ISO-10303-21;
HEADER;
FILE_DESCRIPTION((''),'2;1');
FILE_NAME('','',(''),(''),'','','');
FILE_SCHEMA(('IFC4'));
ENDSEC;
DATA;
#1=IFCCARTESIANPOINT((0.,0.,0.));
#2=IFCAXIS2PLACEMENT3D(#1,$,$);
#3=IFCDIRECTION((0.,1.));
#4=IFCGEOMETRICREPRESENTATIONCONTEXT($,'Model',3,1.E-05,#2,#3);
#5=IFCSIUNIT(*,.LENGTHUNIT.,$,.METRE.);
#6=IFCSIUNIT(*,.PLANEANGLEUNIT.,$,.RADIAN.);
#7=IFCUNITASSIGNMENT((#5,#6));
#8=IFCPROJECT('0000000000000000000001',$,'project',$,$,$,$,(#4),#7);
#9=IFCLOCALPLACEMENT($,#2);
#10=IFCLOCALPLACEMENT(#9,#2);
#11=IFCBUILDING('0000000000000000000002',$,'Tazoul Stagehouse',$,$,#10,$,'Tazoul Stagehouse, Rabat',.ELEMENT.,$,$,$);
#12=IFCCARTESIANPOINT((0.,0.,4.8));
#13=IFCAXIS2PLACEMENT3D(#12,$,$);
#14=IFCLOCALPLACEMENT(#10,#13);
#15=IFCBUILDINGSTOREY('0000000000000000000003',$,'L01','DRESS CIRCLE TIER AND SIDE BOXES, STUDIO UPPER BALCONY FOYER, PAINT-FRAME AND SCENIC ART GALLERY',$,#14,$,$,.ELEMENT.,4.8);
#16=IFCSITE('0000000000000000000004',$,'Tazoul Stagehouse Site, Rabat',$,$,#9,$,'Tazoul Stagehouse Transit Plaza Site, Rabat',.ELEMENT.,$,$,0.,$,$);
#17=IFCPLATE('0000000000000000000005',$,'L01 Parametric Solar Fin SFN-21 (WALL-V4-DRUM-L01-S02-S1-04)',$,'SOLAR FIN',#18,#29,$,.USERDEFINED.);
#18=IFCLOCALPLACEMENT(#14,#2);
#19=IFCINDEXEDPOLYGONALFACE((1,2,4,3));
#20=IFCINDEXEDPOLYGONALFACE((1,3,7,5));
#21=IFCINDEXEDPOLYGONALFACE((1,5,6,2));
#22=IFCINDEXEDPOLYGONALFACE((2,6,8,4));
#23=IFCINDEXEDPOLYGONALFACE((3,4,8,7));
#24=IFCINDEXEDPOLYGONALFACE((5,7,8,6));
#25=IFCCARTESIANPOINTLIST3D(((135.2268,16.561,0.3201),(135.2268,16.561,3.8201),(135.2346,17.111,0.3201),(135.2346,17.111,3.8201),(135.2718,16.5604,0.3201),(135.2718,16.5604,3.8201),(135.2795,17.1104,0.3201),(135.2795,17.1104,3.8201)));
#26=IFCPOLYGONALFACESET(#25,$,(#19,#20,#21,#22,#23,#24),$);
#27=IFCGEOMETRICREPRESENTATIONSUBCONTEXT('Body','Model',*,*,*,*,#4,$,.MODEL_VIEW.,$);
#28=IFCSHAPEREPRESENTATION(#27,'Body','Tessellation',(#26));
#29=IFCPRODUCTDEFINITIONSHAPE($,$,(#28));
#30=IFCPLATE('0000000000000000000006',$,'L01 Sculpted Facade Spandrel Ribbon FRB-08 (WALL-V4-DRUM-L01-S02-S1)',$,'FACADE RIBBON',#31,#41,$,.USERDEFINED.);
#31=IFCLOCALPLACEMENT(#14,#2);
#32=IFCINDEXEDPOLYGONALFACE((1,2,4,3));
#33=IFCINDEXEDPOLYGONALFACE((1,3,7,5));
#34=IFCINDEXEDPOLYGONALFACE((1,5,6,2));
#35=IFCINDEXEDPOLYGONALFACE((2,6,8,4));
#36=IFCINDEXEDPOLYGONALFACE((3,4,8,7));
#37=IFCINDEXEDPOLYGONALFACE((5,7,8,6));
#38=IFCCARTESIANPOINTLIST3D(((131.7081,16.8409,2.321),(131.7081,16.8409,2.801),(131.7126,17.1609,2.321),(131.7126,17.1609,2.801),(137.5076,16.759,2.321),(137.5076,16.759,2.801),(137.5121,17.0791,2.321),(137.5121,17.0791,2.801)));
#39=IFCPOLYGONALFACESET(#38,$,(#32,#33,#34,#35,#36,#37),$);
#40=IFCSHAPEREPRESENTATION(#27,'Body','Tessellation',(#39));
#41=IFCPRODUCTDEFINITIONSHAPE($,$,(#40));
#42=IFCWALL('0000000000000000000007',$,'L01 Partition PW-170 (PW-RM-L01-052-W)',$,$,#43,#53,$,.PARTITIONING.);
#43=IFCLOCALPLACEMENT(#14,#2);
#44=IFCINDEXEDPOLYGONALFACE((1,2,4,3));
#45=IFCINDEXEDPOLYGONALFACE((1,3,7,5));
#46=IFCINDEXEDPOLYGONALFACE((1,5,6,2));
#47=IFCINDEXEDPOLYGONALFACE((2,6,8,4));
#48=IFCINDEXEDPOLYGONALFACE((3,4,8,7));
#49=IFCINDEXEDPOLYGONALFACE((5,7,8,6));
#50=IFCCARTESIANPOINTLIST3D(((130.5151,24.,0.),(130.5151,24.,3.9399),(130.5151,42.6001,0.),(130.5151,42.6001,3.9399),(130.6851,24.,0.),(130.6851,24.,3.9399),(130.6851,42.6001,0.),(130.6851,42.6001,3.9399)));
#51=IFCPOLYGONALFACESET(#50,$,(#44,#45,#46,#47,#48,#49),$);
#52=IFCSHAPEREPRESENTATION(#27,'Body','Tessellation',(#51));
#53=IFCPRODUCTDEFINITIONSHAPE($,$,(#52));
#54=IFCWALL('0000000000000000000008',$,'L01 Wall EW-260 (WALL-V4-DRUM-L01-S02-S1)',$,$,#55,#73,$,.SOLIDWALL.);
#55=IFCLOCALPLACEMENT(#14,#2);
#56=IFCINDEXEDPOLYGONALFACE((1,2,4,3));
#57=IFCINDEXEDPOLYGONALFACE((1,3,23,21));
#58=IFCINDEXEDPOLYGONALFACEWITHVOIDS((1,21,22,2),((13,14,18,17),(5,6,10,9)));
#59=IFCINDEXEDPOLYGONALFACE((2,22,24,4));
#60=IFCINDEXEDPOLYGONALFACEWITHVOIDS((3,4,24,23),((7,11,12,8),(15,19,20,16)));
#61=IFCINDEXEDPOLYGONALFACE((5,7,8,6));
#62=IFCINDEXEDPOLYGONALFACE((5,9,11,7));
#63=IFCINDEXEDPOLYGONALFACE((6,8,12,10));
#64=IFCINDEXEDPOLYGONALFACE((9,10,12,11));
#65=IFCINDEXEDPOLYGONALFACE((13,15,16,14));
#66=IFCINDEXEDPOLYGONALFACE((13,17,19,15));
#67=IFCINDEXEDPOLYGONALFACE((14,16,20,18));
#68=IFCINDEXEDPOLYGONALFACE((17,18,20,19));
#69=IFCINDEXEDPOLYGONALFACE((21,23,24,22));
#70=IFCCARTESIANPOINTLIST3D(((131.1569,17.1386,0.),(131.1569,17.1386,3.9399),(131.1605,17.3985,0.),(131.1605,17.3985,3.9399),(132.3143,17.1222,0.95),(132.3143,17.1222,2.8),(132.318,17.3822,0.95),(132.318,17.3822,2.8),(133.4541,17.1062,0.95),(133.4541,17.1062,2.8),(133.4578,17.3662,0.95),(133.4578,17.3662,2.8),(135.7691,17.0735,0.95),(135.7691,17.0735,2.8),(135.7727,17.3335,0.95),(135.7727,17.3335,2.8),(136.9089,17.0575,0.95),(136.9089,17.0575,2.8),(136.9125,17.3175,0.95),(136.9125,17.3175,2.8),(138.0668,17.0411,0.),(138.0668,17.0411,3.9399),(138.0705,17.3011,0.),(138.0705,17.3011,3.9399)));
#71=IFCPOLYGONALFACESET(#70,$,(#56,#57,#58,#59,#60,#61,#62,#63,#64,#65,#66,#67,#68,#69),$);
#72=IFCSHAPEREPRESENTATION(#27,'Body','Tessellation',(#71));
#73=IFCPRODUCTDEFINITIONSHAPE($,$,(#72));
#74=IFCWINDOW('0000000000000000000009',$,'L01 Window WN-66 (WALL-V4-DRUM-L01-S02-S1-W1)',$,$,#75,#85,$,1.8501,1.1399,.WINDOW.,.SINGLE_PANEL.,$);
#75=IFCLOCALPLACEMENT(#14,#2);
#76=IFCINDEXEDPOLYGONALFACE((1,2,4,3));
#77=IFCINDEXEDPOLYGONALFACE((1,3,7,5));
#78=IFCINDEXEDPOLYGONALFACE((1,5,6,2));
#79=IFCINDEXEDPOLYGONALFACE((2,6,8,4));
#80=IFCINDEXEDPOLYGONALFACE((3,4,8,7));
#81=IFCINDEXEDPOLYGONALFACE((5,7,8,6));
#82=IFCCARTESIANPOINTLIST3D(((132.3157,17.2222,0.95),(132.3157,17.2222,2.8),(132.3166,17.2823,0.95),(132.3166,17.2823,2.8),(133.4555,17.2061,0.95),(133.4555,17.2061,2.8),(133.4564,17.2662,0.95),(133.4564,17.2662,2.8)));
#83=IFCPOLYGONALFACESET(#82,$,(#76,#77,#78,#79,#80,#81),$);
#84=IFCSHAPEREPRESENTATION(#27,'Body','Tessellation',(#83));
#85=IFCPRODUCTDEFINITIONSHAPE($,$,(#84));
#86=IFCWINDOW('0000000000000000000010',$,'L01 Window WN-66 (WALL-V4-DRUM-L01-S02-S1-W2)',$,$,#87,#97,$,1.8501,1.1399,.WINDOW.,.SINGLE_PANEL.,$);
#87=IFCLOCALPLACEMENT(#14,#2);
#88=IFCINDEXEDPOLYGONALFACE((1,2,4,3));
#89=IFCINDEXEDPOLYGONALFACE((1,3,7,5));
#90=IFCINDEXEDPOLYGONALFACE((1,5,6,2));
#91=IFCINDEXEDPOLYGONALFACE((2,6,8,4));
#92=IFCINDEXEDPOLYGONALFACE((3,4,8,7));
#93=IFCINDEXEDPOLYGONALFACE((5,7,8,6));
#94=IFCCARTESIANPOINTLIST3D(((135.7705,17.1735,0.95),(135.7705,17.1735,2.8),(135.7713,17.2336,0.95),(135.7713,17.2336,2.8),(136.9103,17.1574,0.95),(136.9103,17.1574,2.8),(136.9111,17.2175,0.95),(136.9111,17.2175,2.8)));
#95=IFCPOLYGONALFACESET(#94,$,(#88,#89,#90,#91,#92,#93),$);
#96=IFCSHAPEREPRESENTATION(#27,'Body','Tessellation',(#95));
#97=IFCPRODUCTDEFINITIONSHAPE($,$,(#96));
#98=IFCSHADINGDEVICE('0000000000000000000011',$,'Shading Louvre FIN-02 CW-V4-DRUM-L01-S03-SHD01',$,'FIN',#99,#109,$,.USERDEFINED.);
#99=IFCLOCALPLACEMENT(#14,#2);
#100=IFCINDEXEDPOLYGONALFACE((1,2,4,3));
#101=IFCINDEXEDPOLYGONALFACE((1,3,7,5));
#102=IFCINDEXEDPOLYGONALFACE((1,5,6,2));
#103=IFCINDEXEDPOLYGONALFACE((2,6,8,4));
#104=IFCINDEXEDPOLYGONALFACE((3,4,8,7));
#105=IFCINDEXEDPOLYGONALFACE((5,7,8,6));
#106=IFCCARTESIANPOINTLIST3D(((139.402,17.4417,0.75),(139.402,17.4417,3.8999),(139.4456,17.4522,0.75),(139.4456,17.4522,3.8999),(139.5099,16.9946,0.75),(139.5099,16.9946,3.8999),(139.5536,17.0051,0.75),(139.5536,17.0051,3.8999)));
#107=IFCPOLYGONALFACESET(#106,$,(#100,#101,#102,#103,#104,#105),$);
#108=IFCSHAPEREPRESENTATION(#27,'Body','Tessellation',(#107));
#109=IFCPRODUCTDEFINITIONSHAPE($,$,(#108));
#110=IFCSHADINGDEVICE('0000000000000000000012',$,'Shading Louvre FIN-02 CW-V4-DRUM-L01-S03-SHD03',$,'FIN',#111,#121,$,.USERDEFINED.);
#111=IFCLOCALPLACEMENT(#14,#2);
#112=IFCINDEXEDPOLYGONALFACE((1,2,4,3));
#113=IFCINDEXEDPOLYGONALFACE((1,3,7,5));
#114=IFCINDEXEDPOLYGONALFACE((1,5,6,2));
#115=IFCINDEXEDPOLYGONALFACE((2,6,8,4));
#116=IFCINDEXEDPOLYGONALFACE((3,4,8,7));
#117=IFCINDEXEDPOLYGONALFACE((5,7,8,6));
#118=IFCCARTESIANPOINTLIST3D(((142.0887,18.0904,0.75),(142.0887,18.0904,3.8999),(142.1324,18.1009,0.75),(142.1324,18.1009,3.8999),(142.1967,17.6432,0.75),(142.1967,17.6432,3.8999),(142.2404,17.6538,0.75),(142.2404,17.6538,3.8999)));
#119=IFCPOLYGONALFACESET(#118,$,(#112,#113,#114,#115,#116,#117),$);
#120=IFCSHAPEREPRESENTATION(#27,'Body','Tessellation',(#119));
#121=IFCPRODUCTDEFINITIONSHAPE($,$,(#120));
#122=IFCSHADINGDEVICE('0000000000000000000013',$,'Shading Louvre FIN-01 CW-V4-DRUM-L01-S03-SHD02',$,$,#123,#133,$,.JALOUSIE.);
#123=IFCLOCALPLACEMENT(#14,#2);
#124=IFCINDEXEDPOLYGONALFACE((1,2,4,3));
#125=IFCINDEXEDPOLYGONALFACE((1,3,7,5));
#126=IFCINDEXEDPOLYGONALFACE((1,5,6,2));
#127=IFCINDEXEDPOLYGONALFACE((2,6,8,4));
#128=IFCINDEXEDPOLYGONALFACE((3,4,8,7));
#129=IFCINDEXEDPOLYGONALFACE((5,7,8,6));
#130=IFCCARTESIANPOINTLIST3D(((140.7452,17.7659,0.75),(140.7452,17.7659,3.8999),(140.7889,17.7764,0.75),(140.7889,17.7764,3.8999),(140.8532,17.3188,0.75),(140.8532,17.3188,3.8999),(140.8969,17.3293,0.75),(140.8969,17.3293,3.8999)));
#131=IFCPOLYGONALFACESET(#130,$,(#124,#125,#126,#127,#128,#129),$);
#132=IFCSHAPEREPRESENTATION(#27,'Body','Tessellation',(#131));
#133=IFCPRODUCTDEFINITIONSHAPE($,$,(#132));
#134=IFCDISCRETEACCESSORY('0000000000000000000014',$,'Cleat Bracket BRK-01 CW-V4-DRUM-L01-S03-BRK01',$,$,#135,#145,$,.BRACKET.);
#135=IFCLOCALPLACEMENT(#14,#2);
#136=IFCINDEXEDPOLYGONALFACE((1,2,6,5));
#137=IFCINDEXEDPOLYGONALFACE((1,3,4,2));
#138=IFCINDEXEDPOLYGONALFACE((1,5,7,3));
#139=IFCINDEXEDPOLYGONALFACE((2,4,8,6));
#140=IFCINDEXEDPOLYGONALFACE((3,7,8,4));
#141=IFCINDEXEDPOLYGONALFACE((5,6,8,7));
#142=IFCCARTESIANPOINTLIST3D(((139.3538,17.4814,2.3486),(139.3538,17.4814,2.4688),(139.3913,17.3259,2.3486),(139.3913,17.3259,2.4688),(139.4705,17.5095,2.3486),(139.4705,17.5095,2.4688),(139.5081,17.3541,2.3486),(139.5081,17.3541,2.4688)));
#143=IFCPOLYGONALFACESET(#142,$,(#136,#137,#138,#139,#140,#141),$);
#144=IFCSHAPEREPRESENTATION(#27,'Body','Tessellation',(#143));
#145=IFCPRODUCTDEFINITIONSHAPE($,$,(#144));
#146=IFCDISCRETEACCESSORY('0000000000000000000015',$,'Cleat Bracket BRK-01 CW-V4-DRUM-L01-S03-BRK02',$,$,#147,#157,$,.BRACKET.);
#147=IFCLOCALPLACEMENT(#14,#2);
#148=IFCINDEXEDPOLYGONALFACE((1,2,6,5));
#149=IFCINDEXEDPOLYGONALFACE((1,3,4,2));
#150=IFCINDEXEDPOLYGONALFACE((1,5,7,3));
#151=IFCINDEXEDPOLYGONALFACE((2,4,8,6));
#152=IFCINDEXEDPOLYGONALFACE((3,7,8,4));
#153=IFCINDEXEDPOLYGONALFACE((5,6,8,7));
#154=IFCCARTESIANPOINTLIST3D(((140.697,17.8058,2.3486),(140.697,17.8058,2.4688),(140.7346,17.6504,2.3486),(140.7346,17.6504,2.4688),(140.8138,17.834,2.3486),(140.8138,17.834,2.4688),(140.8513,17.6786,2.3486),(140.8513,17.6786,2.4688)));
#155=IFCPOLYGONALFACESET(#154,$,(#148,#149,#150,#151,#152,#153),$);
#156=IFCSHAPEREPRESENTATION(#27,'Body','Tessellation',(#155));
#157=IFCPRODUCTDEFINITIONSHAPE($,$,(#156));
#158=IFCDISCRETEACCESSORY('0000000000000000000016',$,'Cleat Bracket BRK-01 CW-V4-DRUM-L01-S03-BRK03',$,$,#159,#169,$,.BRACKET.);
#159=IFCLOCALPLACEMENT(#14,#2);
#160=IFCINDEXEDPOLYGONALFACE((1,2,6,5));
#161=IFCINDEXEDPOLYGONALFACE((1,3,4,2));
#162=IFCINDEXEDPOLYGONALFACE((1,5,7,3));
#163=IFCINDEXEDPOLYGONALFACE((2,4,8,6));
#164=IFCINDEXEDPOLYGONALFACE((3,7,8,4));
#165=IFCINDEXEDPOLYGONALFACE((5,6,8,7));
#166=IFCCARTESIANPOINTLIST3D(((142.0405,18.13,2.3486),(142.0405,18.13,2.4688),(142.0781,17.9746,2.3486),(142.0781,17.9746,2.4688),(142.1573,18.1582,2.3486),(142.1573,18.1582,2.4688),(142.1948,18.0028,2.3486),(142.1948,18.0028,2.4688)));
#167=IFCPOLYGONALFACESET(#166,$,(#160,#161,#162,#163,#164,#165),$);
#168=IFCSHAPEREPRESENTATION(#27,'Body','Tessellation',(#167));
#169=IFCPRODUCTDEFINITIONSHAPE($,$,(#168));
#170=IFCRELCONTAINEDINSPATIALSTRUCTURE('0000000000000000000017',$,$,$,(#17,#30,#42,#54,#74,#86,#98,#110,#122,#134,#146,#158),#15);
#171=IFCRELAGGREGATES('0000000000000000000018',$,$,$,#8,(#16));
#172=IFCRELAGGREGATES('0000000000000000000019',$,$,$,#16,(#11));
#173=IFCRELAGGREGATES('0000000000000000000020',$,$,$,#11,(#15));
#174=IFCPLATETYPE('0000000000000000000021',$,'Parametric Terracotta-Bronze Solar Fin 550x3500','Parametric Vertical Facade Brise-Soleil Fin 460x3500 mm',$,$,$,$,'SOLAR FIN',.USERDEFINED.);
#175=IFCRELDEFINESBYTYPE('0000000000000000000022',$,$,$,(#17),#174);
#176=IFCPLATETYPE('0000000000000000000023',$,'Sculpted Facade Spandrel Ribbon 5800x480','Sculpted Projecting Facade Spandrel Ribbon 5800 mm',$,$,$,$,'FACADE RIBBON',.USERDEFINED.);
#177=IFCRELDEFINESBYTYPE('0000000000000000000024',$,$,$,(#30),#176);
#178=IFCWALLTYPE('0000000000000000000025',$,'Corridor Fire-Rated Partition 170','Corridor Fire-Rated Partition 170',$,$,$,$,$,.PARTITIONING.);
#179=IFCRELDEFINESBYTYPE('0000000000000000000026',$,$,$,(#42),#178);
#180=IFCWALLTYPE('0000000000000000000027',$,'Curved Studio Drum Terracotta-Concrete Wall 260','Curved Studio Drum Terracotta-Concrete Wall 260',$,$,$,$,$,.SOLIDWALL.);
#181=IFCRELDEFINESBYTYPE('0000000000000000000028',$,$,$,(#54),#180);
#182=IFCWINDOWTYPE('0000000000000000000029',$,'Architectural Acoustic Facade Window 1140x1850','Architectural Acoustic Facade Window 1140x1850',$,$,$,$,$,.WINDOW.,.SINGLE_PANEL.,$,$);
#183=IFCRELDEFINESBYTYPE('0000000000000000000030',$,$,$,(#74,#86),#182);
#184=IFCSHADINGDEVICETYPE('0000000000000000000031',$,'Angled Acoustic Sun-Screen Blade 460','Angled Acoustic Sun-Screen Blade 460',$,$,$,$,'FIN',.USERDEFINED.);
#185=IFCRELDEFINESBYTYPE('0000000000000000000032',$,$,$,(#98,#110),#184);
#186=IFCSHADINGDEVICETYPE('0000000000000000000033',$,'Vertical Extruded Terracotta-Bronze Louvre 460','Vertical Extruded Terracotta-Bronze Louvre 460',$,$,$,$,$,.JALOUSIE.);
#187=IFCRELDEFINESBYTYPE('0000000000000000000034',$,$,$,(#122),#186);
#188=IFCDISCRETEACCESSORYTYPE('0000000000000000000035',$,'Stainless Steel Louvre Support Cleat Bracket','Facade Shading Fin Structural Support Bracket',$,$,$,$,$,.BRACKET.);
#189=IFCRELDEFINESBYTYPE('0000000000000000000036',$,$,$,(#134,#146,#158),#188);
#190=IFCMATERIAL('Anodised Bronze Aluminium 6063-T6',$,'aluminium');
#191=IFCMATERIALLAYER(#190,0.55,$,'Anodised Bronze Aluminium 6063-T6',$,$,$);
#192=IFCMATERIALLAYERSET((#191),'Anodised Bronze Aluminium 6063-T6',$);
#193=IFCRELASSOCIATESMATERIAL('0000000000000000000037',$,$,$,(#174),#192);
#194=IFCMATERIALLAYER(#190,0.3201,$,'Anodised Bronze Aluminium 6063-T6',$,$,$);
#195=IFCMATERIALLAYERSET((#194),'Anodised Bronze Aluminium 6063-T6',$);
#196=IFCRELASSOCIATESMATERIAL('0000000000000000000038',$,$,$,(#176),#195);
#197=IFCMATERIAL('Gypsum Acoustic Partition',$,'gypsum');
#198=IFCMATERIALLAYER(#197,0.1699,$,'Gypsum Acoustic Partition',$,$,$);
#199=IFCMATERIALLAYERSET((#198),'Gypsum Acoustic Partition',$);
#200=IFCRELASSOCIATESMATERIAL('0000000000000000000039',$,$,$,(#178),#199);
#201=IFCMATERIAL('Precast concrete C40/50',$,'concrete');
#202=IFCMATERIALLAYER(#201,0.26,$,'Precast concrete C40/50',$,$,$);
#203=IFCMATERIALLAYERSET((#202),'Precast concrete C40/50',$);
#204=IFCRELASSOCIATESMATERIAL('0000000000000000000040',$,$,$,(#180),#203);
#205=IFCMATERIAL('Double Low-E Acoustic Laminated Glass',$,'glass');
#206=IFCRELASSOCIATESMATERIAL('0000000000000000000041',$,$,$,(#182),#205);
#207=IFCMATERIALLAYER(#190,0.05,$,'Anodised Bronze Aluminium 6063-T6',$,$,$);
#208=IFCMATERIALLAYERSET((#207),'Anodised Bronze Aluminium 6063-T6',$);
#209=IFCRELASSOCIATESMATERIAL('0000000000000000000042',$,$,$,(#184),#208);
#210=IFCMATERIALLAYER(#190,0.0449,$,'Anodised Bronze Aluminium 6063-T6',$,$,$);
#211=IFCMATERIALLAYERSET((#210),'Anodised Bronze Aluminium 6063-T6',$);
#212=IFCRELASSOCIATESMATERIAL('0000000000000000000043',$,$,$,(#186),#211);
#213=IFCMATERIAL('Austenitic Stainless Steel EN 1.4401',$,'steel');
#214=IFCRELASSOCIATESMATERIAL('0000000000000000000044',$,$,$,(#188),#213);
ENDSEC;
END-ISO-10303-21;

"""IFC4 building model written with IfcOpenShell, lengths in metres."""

from ifc_helpers import new_model, si_unit, direction, frame, frame_2d, origin, origin_2d, place, context, subcontext, project, spatial, rectangle, extrude, material, layer, layer_set, type_object, element, fill, save


model = new_model("IFC4")

# Units and contexts
model_context = context("Model", 3, precision=1e-05, world=origin(), true_north=direction((0.0, 1.0)))
body_context = subcontext(model_context, "Body", "Model", "MODEL_VIEW")
ifc_project = project(units=[si_unit("LENGTHUNIT", "METRE"), si_unit("PLANEANGLEUNIT", "RADIAN")], contexts=[model_context])

# Site, building, storey
site_placement = place(None, origin())
site = spatial("IfcSite", under=ifc_project, at=site_placement, Name="Tazoul Stagehouse Site, Rabat", LongName="Tazoul Stagehouse Transit Plaza Site, Rabat", CompositionType="ELEMENT", RefElevation=0.0)
building_placement = place(site_placement, origin())
building = spatial("IfcBuilding", under=site, at=building_placement, Name="Tazoul Stagehouse", LongName="Tazoul Stagehouse, Rabat", CompositionType="ELEMENT")
storey_placement = place(building_placement, frame((0.0, 0.0, 4.8)))
storey = spatial("IfcBuildingStorey", under=building, at=storey_placement, Name="L01", Description="DRESS CIRCLE TIER AND SIDE BOXES, STUDIO UPPER BALCONY FOYER, PAINT-FRAME AND SCENIC ART GALLERY", CompositionType="ELEMENT", Elevation=4.8)

# Plates
ifc_material_1 = material(Name="Anodised Bronze Aluminium 6063-T6", Category="aluminium")
ifc_layer_1 = layer(ifc_material_1, 0.55, Name="Anodised Bronze Aluminium 6063-T6")
ifc_layer_set_1 = layer_set([ifc_layer_1], Name="Anodised Bronze Aluminium 6063-T6")
plate_type_1 = type_object("IfcPlateType", Name="Parametric Terracotta-Bronze Solar Fin 550x3500", Description="Parametric Vertical Facade Brise-Soleil Fin 460x3500 mm", ElementType="SOLAR FIN", PredefinedType="USERDEFINED", material=ifc_layer_set_1)
for number, where, z_axis, x_axis, name in (
    (1, (135.2532, 16.8357, 0.3201), (0.0, 0.0, 1.0), (0.9999, -0.014109, 0.0), "L01 Parametric Solar Fin SFN-21 (WALL-V4-DRUM-L01-S02-S1-04)"),
):
    element("IfcPlate", number, at=place(storey_placement, frame(where, z_axis=z_axis, x_axis=x_axis)), inside=storey, type_object=plate_type_1, Name=name, ObjectType="SOLAR FIN", PredefinedType="USERDEFINED", context=body_context, shape_type="SweptSolid", body=[
        extrude(rectangle(XDim=0.0449, YDim=0.55, at=origin_2d()), origin(), (0.0, 0.0, 1.0), 3.5),
    ])
ifc_layer_2 = layer(ifc_material_1, 0.3201, Name="Anodised Bronze Aluminium 6063-T6")
ifc_layer_set_2 = layer_set([ifc_layer_2], Name="Anodised Bronze Aluminium 6063-T6")
plate_type_2 = type_object("IfcPlateType", Name="Sculpted Facade Spandrel Ribbon 5800x480", Description="Sculpted Projecting Facade Spandrel Ribbon 5800 mm", ElementType="FACADE RIBBON", PredefinedType="USERDEFINED", material=ifc_layer_set_2)
plate_placement = place(storey_placement, frame((134.6101, 16.96, 2.321), z_axis=(0.0, 0.0, 1.0), x_axis=(0.9999, -0.014109, 0.0)))
element("IfcPlate", 2, at=plate_placement, inside=storey, type_object=plate_type_2, Name="L01 Sculpted Facade Spandrel Ribbon FRB-08 (WALL-V4-DRUM-L01-S02-S1)", ObjectType="FACADE RIBBON", PredefinedType="USERDEFINED", context=body_context, shape_type="SweptSolid", body=[
    extrude(rectangle(XDim=5.8, YDim=0.3201, at=origin_2d()), origin(), (0.0, 0.0, 1.0), 0.48),
])

# Wall
ifc_material_2 = material(Name="Gypsum Acoustic Partition", Category="gypsum")
ifc_layer_3 = layer(ifc_material_2, 0.1699, Name="Gypsum Acoustic Partition")
ifc_layer_set_3 = layer_set([ifc_layer_3], Name="Gypsum Acoustic Partition")
wall_type_1 = type_object("IfcWallType", Name="Corridor Fire-Rated Partition 170", Description="Corridor Fire-Rated Partition 170", PredefinedType="PARTITIONING", material=ifc_layer_set_3)
wall_1_placement = place(storey_placement, frame((130.6001, 24.0, 0.0), z_axis=(0.0, 0.0, 1.0), x_axis=(0.0, 1.0, 0.0)))
element("IfcWall", 3, at=wall_1_placement, inside=storey, type_object=wall_type_1, Name="L01 Partition PW-170 (PW-RM-L01-052-W)", PredefinedType="PARTITIONING", context=body_context, shape_type="SweptSolid", body=[
    extrude(rectangle(XDim=18.6001, YDim=0.1699, at=frame_2d((9.3, 0.0))), origin(), (0.0, 0.0, 1.0), 3.9399),
])

# Wall, openings, windows
ifc_material_3 = material(Name="Precast concrete C40/50", Category="concrete")
ifc_layer_4 = layer(ifc_material_3, 0.26, Name="Precast concrete C40/50")
ifc_layer_set_4 = layer_set([ifc_layer_4], Name="Precast concrete C40/50")
wall_type_2 = type_object("IfcWallType", Name="Curved Studio Drum Terracotta-Concrete Wall 260", Description="Curved Studio Drum Terracotta-Concrete Wall 260", PredefinedType="SOLIDWALL", material=ifc_layer_set_4)
wall_2_placement = place(storey_placement, frame((131.1587, 17.2686, 0.0), z_axis=(0.0, 0.0, 1.0), x_axis=(0.999901, -0.014096, 0.0)))
wall_2 = element("IfcWall", 4, at=wall_2_placement, inside=storey, type_object=wall_type_2, Name="L01 Wall EW-260 (WALL-V4-DRUM-L01-S02-S1)", PredefinedType="SOLIDWALL", context=body_context, shape_type="SweptSolid", body=[
    extrude(rectangle(XDim=6.9106, YDim=0.26, at=frame_2d((3.4553, 0.0))), origin(), (0.0, 0.0, 1.0), 3.9399),
])
opening_1_placement = place(wall_2_placement, frame((1.1577, 0.0, 0.95)))
opening_1 = element("IfcOpeningElement", 5, at=opening_1_placement, cuts=wall_2, PredefinedType="OPENING", context=body_context, shape_type="SweptSolid", body=[
    extrude(rectangle(XDim=1.1399, YDim=1.8501, at=frame_2d((0.5698, 0.925))), frame((0.0, 0.1499, 0.0), z_axis=(0.0, -1.0, 0.0), x_axis=(1.0, 0.0, 0.0)), (0.0, 0.0, 1.0), 0.3),
])
opening_2_placement = place(wall_2_placement, frame((4.6128, 0.0, 0.95)))
opening_2 = element("IfcOpeningElement", 6, at=opening_2_placement, cuts=wall_2, PredefinedType="OPENING", context=body_context, shape_type="SweptSolid", body=[
    extrude(rectangle(XDim=1.1399, YDim=1.8501, at=frame_2d((0.5698, 0.925))), frame((0.0, 0.1499, 0.0), z_axis=(0.0, -1.0, 0.0), x_axis=(1.0, 0.0, 0.0)), (0.0, 0.0, 1.0), 0.3),
])
ifc_material_4 = material(Name="Double Low-E Acoustic Laminated Glass", Category="glass")
window_type = type_object("IfcWindowType", Name="Architectural Acoustic Facade Window 1140x1850", Description="Architectural Acoustic Facade Window 1140x1850", PartitioningType="SINGLE_PANEL", PredefinedType="WINDOW", material=ifc_material_4)
window_1_placement = place(opening_1_placement, origin())
window_1 = element("IfcWindow", 7, at=window_1_placement, inside=storey, type_object=window_type, Name="L01 Window WN-66 (WALL-V4-DRUM-L01-S02-S1-W1)", OverallHeight=1.8501, OverallWidth=1.1399, PartitioningType="SINGLE_PANEL", PredefinedType="WINDOW", context=body_context, shape_type="SweptSolid", body=[
    extrude(rectangle(XDim=1.1399, YDim=1.8501, at=frame_2d((0.5698, 0.925))), frame((0.0, 0.03, 0.0), z_axis=(0.0, -1.0, 0.0), x_axis=(1.0, 0.0, 0.0)), (0.0, 0.0, 1.0), 0.0601),
])
fill(opening_1, window_1)
window_2_placement = place(opening_2_placement, origin())
window_2 = element("IfcWindow", 8, at=window_2_placement, inside=storey, type_object=window_type, Name="L01 Window WN-66 (WALL-V4-DRUM-L01-S02-S1-W2)", OverallHeight=1.8501, OverallWidth=1.1399, PartitioningType="SINGLE_PANEL", PredefinedType="WINDOW", context=body_context, shape_type="SweptSolid", body=[
    extrude(rectangle(XDim=1.1399, YDim=1.8501, at=frame_2d((0.5698, 0.925))), frame((0.0, 0.03, 0.0), z_axis=(0.0, -1.0, 0.0), x_axis=(1.0, 0.0, 0.0)), (0.0, 0.0, 1.0), 0.0601),
])
fill(opening_2, window_2)

# Shading devices
ifc_layer_5 = layer(ifc_material_1, 0.05, Name="Anodised Bronze Aluminium 6063-T6")
ifc_layer_set_5 = layer_set([ifc_layer_5], Name="Anodised Bronze Aluminium 6063-T6")
shading_device_type_1 = type_object("IfcShadingDeviceType", Name="Angled Acoustic Sun-Screen Blade 460", Description="Angled Acoustic Sun-Screen Blade 460", ElementType="FIN", PredefinedType="USERDEFINED", material=ifc_layer_set_5)
for number, where, z_axis, x_axis, name in (
    (9, (139.4778, 17.2234, 0.75), (0.0, 0.0, 1.0), (0.972063, 0.23472, 0.0), "Shading Louvre FIN-02 CW-V4-DRUM-L01-S03-SHD01"),
    (10, (142.1646, 17.8721, 0.75), (0.0, 0.0, 1.0), (0.972063, 0.23472, 0.0), "Shading Louvre FIN-02 CW-V4-DRUM-L01-S03-SHD03"),
):
    element("IfcShadingDevice", number, at=place(storey_placement, frame(where, z_axis=z_axis, x_axis=x_axis)), inside=storey, type_object=shading_device_type_1, Name=name, ObjectType="FIN", PredefinedType="USERDEFINED", context=body_context, shape_type="SweptSolid", body=[
        extrude(rectangle(XDim=0.0449, YDim=0.46, at=origin_2d()), origin(), (0.0, 0.0, 1.0), 3.1499),
    ])
ifc_layer_6 = layer(ifc_material_1, 0.0449, Name="Anodised Bronze Aluminium 6063-T6")
ifc_layer_set_6 = layer_set([ifc_layer_6], Name="Anodised Bronze Aluminium 6063-T6")
shading_device_type_2 = type_object("IfcShadingDeviceType", Name="Vertical Extruded Terracotta-Bronze Louvre 460", Description="Vertical Extruded Terracotta-Bronze Louvre 460", PredefinedType="JALOUSIE", material=ifc_layer_set_6)
shading_device_placement = place(storey_placement, frame((140.821, 17.5476, 0.75), z_axis=(0.0, 0.0, 1.0), x_axis=(0.972063, 0.23472, 0.0)))
element("IfcShadingDevice", 11, at=shading_device_placement, inside=storey, type_object=shading_device_type_2, Name="Shading Louvre FIN-01 CW-V4-DRUM-L01-S03-SHD02", PredefinedType="JALOUSIE", context=body_context, shape_type="SweptSolid", body=[
    extrude(rectangle(XDim=0.0449, YDim=0.46, at=origin_2d()), origin(), (0.0, 0.0, 1.0), 3.1499),
])

# Discrete accessories
ifc_material_5 = material(Name="Austenitic Stainless Steel EN 1.4401", Category="steel")
discrete_accessory_type = type_object("IfcDiscreteAccessoryType", Name="Stainless Steel Louvre Support Cleat Bracket", Description="Facade Shading Fin Structural Support Bracket", PredefinedType="BRACKET", material=ifc_material_5)
for number, where, z_axis, x_axis, name in (
    (12, (139.4309, 17.4177, 2.3486), (0.0, 0.0, 1.0), (0.972063, 0.23472, 0.0), "Cleat Bracket BRK-01 CW-V4-DRUM-L01-S03-BRK01"),
    (13, (140.7742, 17.7422, 2.3486), (0.0, 0.0, 1.0), (0.972063, 0.23472, 0.0), "Cleat Bracket BRK-01 CW-V4-DRUM-L01-S03-BRK02"),
    (14, (142.1177, 18.0664, 2.3486), (0.0, 0.0, 1.0), (0.972063, 0.23472, 0.0), "Cleat Bracket BRK-01 CW-V4-DRUM-L01-S03-BRK03"),
):
    element("IfcDiscreteAccessory", number, at=place(storey_placement, frame(where, z_axis=z_axis, x_axis=x_axis)), inside=storey, type_object=discrete_accessory_type, Name=name, PredefinedType="BRACKET", context=body_context, shape_type="SweptSolid", body=[
        extrude(rectangle(XDim=0.1201, YDim=0.1599, at=origin_2d()), origin(), (0.0, 0.0, 1.0), 0.1201),
    ])

save(model, "model.ifc")
